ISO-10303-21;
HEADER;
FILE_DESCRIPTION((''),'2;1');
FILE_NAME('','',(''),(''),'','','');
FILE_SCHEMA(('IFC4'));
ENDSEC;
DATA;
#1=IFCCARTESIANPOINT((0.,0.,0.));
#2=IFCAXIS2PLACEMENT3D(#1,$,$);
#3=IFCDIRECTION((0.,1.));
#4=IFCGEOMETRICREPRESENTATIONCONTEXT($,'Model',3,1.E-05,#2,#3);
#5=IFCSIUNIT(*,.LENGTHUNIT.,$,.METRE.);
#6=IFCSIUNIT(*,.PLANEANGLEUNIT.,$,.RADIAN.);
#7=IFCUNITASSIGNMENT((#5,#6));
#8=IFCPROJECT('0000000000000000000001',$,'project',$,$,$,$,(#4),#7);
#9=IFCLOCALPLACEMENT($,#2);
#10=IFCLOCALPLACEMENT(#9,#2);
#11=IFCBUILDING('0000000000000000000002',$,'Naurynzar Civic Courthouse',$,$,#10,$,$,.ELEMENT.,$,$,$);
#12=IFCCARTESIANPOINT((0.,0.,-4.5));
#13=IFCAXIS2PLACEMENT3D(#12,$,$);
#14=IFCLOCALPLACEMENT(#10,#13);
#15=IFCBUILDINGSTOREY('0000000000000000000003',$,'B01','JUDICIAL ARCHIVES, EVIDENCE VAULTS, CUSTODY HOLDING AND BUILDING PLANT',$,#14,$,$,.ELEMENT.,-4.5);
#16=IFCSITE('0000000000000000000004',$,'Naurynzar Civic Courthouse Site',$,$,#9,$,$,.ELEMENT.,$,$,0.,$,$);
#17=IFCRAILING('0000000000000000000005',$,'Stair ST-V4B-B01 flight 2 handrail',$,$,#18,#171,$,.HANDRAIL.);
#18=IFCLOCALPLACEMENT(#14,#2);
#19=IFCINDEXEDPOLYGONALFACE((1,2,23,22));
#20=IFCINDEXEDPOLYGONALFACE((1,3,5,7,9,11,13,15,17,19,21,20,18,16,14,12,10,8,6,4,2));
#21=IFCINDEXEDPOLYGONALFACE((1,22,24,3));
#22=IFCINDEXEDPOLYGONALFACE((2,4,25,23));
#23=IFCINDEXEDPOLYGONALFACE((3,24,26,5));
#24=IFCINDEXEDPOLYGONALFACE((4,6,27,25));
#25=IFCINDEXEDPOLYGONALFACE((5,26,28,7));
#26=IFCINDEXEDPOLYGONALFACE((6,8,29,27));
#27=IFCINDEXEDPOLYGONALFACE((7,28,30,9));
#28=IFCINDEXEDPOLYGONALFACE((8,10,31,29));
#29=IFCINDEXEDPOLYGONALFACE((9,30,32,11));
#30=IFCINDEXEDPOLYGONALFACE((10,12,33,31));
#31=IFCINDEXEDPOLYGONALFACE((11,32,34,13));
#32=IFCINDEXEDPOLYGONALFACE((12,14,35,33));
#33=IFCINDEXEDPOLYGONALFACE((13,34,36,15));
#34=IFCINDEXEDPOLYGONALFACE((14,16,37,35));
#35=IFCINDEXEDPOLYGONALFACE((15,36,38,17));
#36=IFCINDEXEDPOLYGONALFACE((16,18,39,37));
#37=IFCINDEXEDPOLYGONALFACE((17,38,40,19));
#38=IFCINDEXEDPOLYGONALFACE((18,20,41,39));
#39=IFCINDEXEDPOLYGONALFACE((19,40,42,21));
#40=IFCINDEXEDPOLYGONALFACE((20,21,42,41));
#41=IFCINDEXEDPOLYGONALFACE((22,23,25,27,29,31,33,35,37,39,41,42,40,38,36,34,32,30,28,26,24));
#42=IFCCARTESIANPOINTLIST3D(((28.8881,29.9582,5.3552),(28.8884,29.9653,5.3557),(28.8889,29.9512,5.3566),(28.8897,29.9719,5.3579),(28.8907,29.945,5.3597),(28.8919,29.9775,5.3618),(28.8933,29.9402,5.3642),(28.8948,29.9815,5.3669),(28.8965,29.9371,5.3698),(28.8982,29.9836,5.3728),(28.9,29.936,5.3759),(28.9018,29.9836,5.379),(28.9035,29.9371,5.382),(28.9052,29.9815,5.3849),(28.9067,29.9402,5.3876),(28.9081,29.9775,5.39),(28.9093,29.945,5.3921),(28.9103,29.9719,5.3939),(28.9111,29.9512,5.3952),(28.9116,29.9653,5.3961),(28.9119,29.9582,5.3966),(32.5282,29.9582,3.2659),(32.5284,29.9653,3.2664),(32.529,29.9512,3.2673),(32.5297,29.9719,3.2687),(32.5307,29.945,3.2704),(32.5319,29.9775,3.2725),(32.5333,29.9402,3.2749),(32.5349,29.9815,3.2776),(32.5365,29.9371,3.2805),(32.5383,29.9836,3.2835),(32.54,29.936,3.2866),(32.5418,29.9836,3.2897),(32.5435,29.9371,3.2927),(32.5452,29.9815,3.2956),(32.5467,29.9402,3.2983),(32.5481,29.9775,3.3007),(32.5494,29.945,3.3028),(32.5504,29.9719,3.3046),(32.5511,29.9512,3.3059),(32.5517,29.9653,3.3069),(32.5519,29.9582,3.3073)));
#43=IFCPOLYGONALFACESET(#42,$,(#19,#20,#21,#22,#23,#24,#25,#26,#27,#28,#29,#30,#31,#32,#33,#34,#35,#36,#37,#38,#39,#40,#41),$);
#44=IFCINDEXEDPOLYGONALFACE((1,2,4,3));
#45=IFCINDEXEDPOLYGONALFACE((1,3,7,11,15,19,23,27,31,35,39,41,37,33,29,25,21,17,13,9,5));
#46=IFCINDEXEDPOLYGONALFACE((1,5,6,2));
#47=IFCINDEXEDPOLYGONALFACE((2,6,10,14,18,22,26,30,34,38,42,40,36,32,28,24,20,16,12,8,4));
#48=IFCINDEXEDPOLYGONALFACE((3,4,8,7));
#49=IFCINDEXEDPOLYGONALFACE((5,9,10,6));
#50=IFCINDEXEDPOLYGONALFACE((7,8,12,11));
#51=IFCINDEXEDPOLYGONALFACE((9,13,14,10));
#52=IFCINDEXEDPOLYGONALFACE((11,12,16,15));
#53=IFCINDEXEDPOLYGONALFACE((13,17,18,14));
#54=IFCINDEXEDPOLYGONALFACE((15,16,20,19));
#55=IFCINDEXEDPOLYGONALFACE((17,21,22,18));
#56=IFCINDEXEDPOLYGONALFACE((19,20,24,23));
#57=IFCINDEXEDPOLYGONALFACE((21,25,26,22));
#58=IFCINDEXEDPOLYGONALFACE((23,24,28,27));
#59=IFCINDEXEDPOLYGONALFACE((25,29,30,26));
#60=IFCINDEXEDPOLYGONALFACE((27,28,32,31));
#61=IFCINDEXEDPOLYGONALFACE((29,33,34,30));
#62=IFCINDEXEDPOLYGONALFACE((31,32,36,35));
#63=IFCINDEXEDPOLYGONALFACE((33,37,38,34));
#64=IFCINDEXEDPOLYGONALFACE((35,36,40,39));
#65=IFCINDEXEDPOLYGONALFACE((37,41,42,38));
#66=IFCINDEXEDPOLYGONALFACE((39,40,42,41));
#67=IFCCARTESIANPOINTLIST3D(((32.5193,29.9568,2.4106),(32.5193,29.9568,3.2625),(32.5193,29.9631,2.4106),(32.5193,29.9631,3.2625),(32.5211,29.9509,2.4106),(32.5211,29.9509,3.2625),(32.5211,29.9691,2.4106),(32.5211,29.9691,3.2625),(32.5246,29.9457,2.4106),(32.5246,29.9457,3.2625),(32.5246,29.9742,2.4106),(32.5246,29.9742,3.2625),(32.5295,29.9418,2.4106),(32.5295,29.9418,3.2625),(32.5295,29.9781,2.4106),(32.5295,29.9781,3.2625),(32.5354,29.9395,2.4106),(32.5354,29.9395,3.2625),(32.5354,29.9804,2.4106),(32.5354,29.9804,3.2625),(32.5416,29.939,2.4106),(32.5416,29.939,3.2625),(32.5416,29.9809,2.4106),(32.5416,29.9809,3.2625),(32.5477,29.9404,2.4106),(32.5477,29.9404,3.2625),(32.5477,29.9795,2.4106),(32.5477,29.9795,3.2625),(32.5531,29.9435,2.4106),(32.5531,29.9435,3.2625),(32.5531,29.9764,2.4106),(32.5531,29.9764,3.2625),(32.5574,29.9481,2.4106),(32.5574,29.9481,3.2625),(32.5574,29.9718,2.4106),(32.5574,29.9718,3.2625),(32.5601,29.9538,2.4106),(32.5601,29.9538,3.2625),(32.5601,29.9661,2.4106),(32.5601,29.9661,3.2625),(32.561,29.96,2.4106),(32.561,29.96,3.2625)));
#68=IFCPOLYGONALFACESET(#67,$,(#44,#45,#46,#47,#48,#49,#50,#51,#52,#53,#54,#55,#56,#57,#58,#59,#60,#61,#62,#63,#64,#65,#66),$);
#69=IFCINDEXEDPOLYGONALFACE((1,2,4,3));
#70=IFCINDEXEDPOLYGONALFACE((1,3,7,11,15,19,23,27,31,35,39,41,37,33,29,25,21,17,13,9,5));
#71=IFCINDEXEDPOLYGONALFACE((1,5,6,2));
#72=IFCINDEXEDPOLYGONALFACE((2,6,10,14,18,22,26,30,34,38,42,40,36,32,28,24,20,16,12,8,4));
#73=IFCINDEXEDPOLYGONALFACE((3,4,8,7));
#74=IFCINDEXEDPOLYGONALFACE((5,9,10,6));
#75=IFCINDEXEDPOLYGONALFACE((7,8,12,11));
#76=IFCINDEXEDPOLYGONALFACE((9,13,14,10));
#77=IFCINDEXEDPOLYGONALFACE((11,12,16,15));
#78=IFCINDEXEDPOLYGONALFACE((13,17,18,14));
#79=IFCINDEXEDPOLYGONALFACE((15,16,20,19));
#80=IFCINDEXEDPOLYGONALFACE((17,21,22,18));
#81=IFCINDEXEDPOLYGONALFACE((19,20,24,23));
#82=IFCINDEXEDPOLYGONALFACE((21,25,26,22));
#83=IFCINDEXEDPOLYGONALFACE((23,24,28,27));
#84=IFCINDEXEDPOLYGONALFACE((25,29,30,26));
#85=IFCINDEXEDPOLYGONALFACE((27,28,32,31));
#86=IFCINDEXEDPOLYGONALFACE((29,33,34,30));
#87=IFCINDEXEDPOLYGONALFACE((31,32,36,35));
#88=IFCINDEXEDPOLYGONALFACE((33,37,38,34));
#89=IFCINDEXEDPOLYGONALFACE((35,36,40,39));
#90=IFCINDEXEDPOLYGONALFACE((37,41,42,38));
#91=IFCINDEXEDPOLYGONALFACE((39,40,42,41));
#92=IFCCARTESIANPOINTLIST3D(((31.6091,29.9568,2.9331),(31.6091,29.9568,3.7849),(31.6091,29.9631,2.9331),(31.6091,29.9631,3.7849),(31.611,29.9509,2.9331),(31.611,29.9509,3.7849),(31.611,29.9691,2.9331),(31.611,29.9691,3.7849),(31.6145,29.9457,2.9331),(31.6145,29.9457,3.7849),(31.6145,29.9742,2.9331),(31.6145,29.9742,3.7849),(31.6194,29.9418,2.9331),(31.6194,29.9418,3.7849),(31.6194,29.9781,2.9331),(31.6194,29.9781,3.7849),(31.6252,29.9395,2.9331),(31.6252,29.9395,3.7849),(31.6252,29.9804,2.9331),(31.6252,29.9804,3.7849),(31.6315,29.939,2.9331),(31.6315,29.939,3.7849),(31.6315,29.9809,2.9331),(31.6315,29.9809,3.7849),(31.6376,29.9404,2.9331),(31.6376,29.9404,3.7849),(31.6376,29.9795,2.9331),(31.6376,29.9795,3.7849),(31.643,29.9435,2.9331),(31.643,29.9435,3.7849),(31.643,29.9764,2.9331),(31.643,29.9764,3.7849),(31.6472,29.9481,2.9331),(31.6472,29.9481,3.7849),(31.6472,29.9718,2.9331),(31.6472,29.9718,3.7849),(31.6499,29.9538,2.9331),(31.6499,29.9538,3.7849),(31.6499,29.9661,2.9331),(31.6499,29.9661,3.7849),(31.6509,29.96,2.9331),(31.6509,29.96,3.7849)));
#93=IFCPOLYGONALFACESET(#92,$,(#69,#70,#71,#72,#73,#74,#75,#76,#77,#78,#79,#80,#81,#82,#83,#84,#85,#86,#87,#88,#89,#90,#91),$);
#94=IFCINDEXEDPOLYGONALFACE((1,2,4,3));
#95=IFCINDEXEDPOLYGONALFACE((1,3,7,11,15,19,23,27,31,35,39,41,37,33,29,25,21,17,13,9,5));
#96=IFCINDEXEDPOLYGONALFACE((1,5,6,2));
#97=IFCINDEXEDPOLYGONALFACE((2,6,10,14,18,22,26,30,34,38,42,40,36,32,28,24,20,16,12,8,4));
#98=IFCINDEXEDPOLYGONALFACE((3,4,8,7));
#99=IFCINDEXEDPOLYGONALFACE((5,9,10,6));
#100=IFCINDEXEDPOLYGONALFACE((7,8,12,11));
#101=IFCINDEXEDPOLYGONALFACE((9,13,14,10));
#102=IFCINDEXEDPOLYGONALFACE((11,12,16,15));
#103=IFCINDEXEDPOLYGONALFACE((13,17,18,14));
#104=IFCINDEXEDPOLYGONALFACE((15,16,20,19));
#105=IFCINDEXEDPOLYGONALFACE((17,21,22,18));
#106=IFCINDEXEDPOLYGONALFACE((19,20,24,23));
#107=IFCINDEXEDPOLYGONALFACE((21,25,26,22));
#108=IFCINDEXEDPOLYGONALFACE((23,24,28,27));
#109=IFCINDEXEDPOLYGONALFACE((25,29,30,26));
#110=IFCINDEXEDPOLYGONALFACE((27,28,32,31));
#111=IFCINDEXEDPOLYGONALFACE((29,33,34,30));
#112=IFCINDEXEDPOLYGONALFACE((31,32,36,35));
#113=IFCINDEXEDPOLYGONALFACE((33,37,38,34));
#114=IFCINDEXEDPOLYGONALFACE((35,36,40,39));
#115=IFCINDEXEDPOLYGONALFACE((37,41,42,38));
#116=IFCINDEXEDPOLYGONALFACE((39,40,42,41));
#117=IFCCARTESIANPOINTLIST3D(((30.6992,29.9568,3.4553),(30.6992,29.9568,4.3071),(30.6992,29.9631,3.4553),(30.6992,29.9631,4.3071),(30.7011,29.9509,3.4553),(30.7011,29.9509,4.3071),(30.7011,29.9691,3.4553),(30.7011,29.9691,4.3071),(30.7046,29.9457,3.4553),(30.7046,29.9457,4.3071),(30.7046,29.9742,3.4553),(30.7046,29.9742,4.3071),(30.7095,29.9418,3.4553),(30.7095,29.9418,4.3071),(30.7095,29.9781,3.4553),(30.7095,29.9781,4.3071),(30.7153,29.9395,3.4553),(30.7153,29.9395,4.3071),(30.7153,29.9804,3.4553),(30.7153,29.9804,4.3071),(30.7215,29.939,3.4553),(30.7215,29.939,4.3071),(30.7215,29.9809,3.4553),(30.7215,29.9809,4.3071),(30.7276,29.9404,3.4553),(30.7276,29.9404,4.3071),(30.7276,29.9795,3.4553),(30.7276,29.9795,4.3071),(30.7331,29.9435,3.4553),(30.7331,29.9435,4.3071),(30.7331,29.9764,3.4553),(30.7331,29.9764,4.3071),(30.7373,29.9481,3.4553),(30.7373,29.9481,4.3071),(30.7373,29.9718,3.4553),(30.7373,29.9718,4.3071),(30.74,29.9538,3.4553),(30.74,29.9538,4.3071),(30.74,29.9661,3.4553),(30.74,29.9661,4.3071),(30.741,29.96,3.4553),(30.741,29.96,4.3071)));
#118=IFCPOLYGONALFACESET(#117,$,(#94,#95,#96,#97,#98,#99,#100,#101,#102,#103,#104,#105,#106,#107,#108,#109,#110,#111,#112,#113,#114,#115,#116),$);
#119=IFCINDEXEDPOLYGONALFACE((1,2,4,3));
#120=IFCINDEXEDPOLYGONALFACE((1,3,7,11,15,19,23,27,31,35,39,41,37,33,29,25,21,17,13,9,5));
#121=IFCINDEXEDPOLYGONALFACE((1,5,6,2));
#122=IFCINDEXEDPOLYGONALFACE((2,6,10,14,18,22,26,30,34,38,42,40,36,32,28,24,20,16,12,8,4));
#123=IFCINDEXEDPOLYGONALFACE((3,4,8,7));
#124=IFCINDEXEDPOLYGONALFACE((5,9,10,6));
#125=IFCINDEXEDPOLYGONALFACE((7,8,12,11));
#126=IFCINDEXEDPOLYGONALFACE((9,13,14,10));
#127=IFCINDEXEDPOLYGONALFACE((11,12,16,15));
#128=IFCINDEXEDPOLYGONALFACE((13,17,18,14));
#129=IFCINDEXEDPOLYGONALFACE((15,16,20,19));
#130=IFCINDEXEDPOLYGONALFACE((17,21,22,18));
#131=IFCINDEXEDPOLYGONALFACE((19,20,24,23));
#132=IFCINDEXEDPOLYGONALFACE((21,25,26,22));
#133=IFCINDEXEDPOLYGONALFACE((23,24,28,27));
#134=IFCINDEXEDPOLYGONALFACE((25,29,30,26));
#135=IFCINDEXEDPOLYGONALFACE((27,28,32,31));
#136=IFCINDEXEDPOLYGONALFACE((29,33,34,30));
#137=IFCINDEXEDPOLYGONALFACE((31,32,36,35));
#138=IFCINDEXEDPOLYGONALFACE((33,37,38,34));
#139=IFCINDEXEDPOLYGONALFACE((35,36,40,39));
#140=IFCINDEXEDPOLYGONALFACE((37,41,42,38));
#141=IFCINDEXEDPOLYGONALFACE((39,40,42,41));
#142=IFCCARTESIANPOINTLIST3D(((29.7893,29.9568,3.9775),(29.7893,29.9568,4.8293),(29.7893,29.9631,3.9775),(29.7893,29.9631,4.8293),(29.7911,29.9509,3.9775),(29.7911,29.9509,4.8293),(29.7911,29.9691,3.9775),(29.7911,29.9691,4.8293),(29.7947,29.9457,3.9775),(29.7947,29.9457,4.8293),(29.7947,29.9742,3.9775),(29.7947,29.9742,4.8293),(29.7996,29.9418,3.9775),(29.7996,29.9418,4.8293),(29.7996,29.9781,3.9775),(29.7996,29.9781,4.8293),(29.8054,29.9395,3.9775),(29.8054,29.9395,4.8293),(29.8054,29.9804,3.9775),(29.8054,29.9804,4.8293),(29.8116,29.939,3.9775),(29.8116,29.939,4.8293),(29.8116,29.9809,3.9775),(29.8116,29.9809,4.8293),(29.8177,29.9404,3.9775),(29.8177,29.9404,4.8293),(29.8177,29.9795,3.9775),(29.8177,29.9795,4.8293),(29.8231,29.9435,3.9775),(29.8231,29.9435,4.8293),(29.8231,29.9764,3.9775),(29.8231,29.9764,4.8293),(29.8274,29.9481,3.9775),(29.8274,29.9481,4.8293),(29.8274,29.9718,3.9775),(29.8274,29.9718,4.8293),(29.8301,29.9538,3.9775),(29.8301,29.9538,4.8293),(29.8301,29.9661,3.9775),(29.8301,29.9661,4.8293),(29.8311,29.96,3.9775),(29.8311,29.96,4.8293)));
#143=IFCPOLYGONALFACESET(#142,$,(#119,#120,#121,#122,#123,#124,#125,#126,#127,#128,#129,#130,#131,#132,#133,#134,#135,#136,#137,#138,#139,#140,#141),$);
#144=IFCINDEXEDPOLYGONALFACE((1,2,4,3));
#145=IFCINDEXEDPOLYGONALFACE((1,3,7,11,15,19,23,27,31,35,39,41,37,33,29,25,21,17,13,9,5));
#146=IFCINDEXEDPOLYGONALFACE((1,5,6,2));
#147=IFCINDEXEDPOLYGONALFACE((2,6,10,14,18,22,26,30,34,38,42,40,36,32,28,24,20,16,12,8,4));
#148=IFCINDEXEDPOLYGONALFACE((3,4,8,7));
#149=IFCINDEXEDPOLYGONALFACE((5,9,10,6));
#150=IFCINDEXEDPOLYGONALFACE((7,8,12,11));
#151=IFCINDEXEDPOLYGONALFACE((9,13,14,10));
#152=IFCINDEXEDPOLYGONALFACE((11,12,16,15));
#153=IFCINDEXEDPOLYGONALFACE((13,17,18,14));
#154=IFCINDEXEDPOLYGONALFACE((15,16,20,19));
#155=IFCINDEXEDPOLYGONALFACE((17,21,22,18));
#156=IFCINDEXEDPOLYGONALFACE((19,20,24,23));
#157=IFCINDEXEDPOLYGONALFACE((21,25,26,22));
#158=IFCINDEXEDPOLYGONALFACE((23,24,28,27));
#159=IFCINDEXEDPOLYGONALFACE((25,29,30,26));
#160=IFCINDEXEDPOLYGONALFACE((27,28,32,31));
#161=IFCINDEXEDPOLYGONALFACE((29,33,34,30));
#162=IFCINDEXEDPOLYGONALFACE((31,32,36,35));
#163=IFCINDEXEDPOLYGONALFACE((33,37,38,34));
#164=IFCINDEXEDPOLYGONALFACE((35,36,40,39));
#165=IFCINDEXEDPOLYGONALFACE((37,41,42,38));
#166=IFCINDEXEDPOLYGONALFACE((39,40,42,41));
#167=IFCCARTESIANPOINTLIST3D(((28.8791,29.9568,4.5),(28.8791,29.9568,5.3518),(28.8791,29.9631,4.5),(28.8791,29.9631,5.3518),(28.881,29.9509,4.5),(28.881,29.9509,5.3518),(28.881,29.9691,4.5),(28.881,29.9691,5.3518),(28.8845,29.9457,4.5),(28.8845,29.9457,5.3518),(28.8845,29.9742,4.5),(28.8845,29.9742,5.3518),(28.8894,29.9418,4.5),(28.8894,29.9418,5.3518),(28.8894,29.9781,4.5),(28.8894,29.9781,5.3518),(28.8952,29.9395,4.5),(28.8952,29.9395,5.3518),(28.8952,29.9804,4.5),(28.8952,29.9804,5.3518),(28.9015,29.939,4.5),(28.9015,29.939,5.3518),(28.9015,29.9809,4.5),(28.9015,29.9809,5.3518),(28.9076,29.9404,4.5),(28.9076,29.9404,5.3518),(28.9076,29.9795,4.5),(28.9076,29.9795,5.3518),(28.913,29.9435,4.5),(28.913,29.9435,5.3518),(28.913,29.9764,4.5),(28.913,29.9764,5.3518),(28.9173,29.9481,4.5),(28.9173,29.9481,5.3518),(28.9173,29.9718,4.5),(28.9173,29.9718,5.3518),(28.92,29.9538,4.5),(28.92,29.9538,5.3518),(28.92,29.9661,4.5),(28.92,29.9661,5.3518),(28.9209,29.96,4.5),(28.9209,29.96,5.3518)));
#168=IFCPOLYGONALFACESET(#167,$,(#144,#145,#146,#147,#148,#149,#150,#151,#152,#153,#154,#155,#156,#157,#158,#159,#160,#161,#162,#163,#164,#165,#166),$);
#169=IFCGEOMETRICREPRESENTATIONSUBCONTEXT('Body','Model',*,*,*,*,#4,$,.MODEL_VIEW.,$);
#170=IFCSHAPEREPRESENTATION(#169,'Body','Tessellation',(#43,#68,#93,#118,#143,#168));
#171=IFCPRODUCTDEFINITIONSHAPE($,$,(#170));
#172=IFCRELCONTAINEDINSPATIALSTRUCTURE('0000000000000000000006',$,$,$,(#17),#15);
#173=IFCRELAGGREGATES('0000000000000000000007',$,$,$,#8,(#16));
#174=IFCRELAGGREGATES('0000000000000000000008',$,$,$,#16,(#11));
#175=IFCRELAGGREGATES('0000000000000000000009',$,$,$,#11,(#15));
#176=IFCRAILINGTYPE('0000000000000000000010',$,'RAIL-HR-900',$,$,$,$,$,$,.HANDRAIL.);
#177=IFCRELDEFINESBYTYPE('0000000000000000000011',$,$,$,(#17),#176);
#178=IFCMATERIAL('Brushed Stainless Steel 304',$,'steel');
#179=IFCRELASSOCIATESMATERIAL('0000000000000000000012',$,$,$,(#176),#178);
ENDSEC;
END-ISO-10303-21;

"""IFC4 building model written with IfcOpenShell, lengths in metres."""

from ifc_helpers import new_model, si_unit, direction, frame, origin, origin_2d, place, context, subcontext, project, spatial, circle, extrude, material, type_object, element, save


model = new_model("IFC4")

# Units and contexts
model_context = context("Model", 3, precision=1e-05, world=origin(), true_north=direction((0.0, 1.0)))
body_context = subcontext(model_context, "Body", "Model", "MODEL_VIEW")
ifc_project = project(units=[si_unit("LENGTHUNIT", "METRE"), si_unit("PLANEANGLEUNIT", "RADIAN")], contexts=[model_context])

# Site, building, storey
site_placement = place(None, origin())
site = spatial("IfcSite", under=ifc_project, at=site_placement, Name="Naurynzar Civic Courthouse Site", CompositionType="ELEMENT", RefElevation=0.0)
building_placement = place(site_placement, origin())
building = spatial("IfcBuilding", under=site, at=building_placement, Name="Naurynzar Civic Courthouse", CompositionType="ELEMENT")
storey_placement = place(building_placement, frame((0.0, 0.0, -4.5)))
storey = spatial("IfcBuildingStorey", under=building, at=storey_placement, Name="B01", Description="JUDICIAL ARCHIVES, EVIDENCE VAULTS, CUSTODY HOLDING AND BUILDING PLANT", CompositionType="ELEMENT", Elevation=-4.5)

# Railing
ifc_material_1 = material(Name="Brushed Stainless Steel 304", Category="steel")
railing_type_1 = type_object("IfcRailingType", Name="RAIL-HR-900", PredefinedType="HANDRAIL", material=ifc_material_1)
railing_1_placement = place(storey_placement, frame((32.54, 29.96, 2.4106)))
element("IfcRailing", 1, at=railing_1_placement, inside=storey, type_object=railing_type_1, Name="Stair ST-V4B-B01 flight 2 handrail", PredefinedType="HANDRAIL", context=body_context, shape_type="SweptSolid", body=[
    extrude(circle(Radius=0.0239, at=origin_2d()), frame((0.0, 0.0, 0.876), z_axis=(-0.867289, 0.0, 0.497804), x_axis=(0.0, -1.0, 0.0)), (0.0, 0.0, 1.0), 4.197),
    extrude(circle(Radius=0.021, at=origin_2d()), origin(), (0.0, 0.0, 1.0), 0.8518),
    extrude(circle(Radius=0.021, at=origin_2d()), frame((-0.9102, 0.0, 0.5225)), (0.0, 0.0, 1.0), 0.8518),
    extrude(circle(Radius=0.021, at=origin_2d()), frame((-1.8201, 0.0, 1.0447)), (0.0, 0.0, 1.0), 0.8518),
    extrude(circle(Radius=0.021, at=origin_2d()), frame((-2.73, 0.0, 1.5669)), (0.0, 0.0, 1.0), 0.8518),
    extrude(circle(Radius=0.021, at=origin_2d()), frame((-3.6401, 0.0, 2.0894)), (0.0, 0.0, 1.0), 0.8518),
])

save(model, "model.ifc")
